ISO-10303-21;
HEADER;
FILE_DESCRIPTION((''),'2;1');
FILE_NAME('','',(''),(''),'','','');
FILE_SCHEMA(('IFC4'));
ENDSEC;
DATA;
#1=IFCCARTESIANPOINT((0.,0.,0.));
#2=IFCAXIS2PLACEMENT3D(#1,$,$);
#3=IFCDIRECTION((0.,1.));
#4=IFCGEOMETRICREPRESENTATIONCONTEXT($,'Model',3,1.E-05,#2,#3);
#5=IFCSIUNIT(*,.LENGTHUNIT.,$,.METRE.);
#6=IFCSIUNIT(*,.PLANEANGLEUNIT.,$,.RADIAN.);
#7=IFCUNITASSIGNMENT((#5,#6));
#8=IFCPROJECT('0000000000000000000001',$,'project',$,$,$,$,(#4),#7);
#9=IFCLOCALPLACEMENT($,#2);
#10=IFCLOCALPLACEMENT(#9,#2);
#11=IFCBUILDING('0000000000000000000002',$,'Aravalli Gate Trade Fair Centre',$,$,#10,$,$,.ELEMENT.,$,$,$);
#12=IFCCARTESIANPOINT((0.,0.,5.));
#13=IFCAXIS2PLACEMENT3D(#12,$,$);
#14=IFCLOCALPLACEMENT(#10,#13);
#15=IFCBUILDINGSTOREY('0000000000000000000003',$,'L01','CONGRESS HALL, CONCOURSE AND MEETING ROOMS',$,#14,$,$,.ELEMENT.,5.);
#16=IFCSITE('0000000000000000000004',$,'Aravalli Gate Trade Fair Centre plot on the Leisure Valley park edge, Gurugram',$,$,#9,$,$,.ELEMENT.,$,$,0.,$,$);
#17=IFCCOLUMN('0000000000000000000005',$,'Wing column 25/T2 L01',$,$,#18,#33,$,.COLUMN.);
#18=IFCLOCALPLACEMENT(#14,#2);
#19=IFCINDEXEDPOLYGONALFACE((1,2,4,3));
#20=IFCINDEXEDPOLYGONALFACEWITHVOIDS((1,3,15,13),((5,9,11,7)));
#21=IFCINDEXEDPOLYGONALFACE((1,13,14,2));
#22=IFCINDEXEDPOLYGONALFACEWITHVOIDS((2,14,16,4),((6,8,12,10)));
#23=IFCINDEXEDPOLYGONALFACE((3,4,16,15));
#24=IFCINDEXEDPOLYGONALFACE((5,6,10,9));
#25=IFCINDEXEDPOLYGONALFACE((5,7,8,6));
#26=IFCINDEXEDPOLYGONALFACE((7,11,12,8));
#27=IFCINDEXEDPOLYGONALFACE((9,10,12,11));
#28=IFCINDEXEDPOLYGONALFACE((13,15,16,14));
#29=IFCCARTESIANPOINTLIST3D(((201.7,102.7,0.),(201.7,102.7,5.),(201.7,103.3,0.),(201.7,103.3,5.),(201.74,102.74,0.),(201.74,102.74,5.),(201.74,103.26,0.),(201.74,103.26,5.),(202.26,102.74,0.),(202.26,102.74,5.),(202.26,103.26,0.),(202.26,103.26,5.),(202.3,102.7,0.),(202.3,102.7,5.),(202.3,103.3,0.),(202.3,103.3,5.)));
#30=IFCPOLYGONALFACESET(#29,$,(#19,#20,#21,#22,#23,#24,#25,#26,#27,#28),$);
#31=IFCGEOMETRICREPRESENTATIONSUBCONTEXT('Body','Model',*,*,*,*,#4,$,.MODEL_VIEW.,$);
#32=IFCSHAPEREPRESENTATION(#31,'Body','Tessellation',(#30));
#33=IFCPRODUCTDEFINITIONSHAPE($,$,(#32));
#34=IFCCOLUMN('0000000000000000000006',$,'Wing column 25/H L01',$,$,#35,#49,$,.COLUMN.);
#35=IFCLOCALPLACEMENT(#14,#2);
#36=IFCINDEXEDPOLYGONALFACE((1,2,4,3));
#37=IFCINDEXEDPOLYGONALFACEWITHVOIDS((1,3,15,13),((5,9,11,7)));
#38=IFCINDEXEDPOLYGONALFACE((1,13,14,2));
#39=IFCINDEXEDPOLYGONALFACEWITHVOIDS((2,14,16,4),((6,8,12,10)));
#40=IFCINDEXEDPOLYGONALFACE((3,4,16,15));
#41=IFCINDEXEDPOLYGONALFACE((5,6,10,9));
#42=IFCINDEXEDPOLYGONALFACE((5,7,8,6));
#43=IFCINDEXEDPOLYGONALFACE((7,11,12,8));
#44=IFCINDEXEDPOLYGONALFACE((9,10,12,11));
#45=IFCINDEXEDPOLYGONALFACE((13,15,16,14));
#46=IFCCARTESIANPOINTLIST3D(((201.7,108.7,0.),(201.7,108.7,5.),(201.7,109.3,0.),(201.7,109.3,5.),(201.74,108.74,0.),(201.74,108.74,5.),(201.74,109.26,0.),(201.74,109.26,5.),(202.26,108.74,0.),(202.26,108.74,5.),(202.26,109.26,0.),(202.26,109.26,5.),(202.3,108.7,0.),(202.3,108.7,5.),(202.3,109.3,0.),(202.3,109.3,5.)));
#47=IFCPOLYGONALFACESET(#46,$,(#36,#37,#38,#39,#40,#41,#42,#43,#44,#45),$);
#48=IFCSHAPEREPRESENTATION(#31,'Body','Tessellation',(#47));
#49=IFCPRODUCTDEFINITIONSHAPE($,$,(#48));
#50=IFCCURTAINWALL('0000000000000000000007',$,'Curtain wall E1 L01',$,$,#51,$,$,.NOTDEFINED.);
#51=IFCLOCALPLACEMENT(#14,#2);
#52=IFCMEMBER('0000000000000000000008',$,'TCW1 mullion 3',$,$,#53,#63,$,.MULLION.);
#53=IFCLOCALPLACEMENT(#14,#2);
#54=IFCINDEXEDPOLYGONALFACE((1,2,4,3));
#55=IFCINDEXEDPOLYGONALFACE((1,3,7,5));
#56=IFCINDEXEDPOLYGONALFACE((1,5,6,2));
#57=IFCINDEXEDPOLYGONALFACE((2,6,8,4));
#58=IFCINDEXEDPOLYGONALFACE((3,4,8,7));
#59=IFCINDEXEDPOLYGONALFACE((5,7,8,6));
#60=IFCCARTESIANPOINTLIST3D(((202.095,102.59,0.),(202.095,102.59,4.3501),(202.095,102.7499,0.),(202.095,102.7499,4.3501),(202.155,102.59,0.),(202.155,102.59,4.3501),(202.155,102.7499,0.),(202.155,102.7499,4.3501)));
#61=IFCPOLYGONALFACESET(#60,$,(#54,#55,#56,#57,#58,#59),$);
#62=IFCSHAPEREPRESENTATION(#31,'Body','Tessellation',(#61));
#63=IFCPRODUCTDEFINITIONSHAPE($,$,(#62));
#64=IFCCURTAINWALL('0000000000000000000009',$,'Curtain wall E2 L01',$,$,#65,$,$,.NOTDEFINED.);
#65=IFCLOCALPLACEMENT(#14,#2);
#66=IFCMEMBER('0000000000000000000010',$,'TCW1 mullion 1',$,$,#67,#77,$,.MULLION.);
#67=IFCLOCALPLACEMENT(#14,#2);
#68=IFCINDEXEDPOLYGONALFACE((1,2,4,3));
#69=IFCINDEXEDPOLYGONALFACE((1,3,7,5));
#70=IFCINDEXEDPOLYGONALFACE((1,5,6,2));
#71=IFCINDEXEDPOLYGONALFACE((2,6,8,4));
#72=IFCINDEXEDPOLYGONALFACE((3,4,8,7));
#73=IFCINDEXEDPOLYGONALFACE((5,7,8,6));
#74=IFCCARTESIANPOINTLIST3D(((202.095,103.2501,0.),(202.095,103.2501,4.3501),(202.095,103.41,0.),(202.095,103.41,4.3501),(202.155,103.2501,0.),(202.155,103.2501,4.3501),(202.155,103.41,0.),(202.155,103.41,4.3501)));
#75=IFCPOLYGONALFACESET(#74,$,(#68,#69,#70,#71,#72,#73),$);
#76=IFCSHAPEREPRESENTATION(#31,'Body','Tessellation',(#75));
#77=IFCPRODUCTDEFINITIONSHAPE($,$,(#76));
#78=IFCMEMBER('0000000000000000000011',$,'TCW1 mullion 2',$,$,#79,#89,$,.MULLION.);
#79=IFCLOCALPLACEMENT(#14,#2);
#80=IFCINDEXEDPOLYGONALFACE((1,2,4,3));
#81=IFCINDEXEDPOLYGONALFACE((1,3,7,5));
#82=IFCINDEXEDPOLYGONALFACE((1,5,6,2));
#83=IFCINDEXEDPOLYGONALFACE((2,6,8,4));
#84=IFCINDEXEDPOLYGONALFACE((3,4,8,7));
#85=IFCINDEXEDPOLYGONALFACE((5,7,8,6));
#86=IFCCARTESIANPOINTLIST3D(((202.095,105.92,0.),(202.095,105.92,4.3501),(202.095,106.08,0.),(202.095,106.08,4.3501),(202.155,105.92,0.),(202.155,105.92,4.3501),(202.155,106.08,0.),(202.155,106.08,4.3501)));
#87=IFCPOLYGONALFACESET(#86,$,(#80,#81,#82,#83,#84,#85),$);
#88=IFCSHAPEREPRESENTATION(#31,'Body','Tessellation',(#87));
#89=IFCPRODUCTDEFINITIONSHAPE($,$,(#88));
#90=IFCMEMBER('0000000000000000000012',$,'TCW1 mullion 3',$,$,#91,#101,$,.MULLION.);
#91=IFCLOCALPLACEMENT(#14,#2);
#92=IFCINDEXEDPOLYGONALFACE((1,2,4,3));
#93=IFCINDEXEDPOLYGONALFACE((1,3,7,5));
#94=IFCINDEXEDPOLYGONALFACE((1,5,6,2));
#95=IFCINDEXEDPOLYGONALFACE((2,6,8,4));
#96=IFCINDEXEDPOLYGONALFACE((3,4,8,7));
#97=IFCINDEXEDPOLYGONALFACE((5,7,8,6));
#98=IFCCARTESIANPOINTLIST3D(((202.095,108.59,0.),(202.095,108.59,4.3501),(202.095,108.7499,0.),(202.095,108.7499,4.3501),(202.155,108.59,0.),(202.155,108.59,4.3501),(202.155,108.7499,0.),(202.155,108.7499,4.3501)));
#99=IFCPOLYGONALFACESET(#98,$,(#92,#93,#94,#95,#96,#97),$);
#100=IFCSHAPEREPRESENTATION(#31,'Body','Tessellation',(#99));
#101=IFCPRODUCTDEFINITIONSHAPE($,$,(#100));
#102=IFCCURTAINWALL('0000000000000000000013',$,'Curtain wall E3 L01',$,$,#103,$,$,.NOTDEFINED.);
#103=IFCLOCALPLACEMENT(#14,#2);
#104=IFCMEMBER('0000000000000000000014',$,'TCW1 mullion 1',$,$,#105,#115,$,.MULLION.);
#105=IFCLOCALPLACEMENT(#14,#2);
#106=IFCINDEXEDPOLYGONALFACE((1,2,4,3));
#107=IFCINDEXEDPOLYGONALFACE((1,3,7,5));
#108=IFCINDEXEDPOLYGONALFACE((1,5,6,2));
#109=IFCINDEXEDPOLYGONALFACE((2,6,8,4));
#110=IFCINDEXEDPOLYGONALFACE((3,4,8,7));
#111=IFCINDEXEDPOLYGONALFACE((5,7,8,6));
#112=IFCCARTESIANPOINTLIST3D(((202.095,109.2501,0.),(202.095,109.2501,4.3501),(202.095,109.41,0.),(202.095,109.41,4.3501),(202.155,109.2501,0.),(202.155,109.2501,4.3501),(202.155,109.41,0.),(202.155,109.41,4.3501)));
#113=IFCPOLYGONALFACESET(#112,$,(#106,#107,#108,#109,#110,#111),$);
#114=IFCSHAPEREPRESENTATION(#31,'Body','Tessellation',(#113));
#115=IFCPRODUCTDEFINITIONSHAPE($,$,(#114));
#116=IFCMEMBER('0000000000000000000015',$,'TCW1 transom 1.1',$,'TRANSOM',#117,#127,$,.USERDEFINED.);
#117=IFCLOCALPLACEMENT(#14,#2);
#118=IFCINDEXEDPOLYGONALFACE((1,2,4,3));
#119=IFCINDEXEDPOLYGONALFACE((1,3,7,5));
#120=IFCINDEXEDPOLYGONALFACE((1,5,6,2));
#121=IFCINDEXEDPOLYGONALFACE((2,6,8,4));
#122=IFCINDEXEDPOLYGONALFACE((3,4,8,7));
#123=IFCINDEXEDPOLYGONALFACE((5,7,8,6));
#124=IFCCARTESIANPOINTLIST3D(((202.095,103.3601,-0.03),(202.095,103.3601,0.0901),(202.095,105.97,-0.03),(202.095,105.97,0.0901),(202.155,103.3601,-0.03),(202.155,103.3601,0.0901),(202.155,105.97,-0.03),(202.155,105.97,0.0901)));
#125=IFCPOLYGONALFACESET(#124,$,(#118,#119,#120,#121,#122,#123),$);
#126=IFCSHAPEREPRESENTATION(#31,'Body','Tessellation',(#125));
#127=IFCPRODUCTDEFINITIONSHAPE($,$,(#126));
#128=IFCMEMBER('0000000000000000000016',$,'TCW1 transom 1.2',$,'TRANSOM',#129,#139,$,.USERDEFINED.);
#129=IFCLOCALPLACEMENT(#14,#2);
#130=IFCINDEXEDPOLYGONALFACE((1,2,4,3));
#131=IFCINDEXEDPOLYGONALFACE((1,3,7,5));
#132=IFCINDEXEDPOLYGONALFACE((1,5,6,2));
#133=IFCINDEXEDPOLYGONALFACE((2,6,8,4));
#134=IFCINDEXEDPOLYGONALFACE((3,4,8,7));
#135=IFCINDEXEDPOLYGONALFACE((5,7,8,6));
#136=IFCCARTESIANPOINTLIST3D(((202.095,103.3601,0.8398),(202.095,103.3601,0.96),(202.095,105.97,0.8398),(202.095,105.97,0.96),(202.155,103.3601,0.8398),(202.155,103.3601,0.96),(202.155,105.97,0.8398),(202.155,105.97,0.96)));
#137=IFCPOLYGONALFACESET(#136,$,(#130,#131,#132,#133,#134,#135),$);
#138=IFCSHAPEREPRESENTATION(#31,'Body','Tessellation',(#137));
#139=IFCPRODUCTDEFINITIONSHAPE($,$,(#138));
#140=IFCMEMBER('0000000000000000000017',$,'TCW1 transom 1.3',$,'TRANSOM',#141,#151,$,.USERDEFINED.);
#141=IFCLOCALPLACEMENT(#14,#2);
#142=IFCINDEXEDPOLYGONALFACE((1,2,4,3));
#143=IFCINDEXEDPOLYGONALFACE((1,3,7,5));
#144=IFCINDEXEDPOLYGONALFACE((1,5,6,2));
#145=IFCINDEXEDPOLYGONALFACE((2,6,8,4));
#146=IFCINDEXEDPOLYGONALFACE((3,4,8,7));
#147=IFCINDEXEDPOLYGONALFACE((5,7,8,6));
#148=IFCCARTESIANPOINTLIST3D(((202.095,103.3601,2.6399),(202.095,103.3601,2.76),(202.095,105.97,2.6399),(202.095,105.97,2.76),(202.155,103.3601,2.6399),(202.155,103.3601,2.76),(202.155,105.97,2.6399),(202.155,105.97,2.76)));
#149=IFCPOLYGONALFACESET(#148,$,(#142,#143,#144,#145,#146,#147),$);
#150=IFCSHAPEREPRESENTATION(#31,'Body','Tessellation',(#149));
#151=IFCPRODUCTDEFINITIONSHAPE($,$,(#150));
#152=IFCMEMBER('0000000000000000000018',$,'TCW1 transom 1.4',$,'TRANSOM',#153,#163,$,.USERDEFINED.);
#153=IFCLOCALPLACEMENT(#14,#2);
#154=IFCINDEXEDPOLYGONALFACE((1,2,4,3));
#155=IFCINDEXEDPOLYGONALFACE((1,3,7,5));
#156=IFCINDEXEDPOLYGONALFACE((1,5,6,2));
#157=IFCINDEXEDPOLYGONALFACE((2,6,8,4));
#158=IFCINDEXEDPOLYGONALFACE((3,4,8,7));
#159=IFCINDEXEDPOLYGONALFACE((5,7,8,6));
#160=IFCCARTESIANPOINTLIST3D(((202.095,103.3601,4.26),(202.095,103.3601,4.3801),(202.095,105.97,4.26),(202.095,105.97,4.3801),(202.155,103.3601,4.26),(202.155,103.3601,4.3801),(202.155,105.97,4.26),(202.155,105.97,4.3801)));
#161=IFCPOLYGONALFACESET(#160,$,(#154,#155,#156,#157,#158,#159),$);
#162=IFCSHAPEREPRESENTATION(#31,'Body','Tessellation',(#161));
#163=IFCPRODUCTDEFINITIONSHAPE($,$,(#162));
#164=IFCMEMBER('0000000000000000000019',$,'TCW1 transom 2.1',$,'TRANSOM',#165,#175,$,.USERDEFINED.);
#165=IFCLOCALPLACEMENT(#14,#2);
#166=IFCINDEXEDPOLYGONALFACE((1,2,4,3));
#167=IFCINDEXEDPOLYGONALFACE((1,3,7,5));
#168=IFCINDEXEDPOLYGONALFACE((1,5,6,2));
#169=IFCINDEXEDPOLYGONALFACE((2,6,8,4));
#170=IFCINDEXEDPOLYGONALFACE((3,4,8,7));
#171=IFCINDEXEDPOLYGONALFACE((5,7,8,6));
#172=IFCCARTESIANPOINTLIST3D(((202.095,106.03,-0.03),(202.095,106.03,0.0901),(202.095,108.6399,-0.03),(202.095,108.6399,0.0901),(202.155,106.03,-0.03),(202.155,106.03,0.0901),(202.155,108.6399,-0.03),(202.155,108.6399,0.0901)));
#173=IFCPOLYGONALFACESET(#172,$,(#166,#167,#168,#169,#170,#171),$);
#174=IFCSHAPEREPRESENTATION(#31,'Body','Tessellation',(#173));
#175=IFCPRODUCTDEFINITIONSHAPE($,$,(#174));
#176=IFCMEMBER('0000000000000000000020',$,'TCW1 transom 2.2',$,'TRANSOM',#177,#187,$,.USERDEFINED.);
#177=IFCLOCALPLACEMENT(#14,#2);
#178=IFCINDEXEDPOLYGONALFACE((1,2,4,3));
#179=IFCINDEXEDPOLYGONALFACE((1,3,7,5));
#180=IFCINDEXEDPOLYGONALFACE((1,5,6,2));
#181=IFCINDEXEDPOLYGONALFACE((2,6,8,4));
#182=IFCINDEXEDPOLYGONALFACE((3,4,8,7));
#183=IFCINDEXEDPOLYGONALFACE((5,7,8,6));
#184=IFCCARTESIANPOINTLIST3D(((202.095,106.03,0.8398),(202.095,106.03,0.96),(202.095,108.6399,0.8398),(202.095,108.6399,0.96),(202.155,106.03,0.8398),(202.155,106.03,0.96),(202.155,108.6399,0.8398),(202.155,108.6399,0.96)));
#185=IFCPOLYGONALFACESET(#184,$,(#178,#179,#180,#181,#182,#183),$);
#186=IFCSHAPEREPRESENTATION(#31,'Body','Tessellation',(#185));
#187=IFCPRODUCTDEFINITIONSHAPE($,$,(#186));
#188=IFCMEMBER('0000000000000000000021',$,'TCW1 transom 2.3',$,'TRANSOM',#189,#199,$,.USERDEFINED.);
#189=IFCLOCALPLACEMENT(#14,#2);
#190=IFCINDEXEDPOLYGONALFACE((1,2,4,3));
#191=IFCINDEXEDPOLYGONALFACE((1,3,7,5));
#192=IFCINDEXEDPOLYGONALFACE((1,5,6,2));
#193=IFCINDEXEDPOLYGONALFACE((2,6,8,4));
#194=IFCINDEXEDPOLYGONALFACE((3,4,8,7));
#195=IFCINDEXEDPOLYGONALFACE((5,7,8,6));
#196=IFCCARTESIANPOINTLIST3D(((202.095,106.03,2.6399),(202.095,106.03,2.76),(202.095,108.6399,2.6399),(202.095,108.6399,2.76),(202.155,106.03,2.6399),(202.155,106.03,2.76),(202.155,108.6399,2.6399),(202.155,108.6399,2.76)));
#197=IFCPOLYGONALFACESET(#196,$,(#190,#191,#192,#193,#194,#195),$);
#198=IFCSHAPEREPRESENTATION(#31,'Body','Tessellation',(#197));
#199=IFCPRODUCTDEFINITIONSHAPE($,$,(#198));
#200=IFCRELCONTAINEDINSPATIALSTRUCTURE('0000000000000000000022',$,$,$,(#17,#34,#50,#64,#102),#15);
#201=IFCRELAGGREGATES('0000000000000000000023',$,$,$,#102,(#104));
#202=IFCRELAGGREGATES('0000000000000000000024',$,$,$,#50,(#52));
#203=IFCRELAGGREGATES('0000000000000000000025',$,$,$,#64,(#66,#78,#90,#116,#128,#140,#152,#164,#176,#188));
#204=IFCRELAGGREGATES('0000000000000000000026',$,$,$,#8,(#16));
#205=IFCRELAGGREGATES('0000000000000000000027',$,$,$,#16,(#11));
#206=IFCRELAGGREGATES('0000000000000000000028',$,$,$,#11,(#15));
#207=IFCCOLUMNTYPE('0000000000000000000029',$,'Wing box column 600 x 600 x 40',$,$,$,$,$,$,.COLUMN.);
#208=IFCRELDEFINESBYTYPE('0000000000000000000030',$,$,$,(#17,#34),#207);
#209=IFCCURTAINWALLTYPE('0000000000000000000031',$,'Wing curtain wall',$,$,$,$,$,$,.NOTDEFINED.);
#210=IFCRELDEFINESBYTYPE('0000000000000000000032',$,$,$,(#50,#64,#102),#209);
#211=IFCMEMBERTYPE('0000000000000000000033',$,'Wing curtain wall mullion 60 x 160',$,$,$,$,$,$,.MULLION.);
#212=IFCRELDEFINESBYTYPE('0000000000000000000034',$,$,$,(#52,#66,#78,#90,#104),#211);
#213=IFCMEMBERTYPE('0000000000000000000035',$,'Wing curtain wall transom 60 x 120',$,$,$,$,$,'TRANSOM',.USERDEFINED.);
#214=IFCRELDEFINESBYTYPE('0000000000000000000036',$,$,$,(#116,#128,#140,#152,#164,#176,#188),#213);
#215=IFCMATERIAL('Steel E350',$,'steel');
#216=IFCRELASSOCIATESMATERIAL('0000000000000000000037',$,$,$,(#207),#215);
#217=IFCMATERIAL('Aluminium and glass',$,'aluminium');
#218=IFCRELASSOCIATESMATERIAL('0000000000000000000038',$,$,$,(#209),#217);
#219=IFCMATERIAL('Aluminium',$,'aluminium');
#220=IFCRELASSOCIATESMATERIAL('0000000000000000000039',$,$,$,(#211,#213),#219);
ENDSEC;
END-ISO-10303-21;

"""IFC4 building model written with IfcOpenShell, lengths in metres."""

from ifc_helpers import new_model, si_unit, direction, frame, origin, origin_2d, place, context, subcontext, project, spatial, rectangle, hollow_rectangle, extrude, material, material_profile, profile_set, type_object, element, aggregate, save


model = new_model("IFC4")

# Units and contexts
model_context = context("Model", 3, precision=1e-05, world=origin(), true_north=direction((0.0, 1.0)))
body_context = subcontext(model_context, "Body", "Model", "MODEL_VIEW")
ifc_project = project(units=[si_unit("LENGTHUNIT", "METRE"), si_unit("PLANEANGLEUNIT", "RADIAN")], contexts=[model_context])

# Site, building, storey
site_placement = place(None, origin())
site = spatial("IfcSite", under=ifc_project, at=site_placement, Name="Aravalli Gate Trade Fair Centre plot on the Leisure Valley park edge, Gurugram", CompositionType="ELEMENT", RefElevation=0.0)
building_placement = place(site_placement, origin())
building = spatial("IfcBuilding", under=site, at=building_placement, Name="Aravalli Gate Trade Fair Centre", CompositionType="ELEMENT")
storey_placement = place(building_placement, frame((0.0, 0.0, 5.0)))
storey = spatial("IfcBuildingStorey", under=building, at=storey_placement, Name="L01", Description="CONGRESS HALL, CONCOURSE AND MEETING ROOMS", CompositionType="ELEMENT", Elevation=5.0)

# Columns
ifc_material_1 = material(Name="Steel E350", Category="steel")
ifc_material_profile_1 = material_profile(ifc_material_1, hollow_rectangle(XDim=0.6001, YDim=0.6001, WallThickness=0.04, at=origin_2d()), Name="BOX 600x600x40")
ifc_profile_set_1 = profile_set([ifc_material_profile_1], Name="Steel E350")
column_type = type_object("IfcColumnType", Name="Wing box column 600 x 600 x 40", PredefinedType="COLUMN", material=ifc_profile_set_1)
for number, where, z_axis, x_axis, name in (
    (1, (202.0, 103.0, 0.0), (0.0, 0.0, 1.0), (1.0, 0.0, 0.0), "Wing column 25/T2 L01"),
    (2, (202.0, 109.0, 0.0), (0.0, 0.0, 1.0), (1.0, 0.0, 0.0), "Wing column 25/H L01"),
):
    element("IfcColumn", number, at=place(storey_placement, frame(where, z_axis=z_axis, x_axis=x_axis)), inside=storey, type_object=column_type, Name=name, PredefinedType="COLUMN", context=body_context, shape_type="SweptSolid", body=[
        extrude(hollow_rectangle(XDim=0.6001, YDim=0.6001, WallThickness=0.04, at=origin_2d()), origin(), (0.0, 0.0, 1.0), 5.0),
    ])

# Curtain wall, member
ifc_material_2 = material(Name="Aluminium and glass", Category="aluminium")
curtain_wall_type = type_object("IfcCurtainWallType", Name="Wing curtain wall", PredefinedType="NOTDEFINED", material=ifc_material_2)
curtain_wall_1_placement = place(storey_placement, origin())
curtain_wall_1 = element("IfcCurtainWall", 3, at=curtain_wall_1_placement, inside=storey, type_object=curtain_wall_type, Name="Curtain wall E1 L01", PredefinedType="NOTDEFINED")
ifc_material_3 = material(Name="Aluminium", Category="aluminium")
ifc_material_profile_2 = material_profile(ifc_material_3, rectangle(XDim=0.0601, YDim=0.1599, at=origin_2d()), Name="Wing curtain wall mullion 60 x 160")
ifc_profile_set_2 = profile_set([ifc_material_profile_2], Name="Aluminium")
member_type_1 = type_object("IfcMemberType", Name="Wing curtain wall mullion 60 x 160", PredefinedType="MULLION", material=ifc_profile_set_2)
member_1_placement = place(storey_placement, frame((202.125, 102.6699, 0.0), z_axis=(0.0, 0.0, 1.0), x_axis=(-1.0, 0.0, 0.0)))
member_1 = element("IfcMember", 4, at=member_1_placement, type_object=member_type_1, Name="TCW1 mullion 3", PredefinedType="MULLION", context=body_context, shape_type="SweptSolid", body=[
    extrude(rectangle(XDim=0.0601, YDim=0.1599, at=origin_2d()), origin(), (0.0, 0.0, 1.0), 4.3501),
])

# Curtain wall, members
curtain_wall_2_placement = place(storey_placement, origin())
curtain_wall_2 = element("IfcCurtainWall", 5, at=curtain_wall_2_placement, inside=storey, type_object=curtain_wall_type, Name="Curtain wall E2 L01", PredefinedType="NOTDEFINED")
member_2_placement = place(storey_placement, frame((202.125, 103.3301, 0.0), z_axis=(0.0, 0.0, 1.0), x_axis=(-1.0, 0.0, 0.0)))
member_2 = element("IfcMember", 6, at=member_2_placement, type_object=member_type_1, Name="TCW1 mullion 1", PredefinedType="MULLION", context=body_context, shape_type="SweptSolid", body=[
    extrude(rectangle(XDim=0.0601, YDim=0.1599, at=origin_2d()), origin(), (0.0, 0.0, 1.0), 4.3501),
])
member_3_placement = place(storey_placement, frame((202.125, 106.0, 0.0), z_axis=(0.0, 0.0, 1.0), x_axis=(-1.0, 0.0, 0.0)))
member_3 = element("IfcMember", 7, at=member_3_placement, type_object=member_type_1, Name="TCW1 mullion 2", PredefinedType="MULLION", context=body_context, shape_type="SweptSolid", body=[
    extrude(rectangle(XDim=0.0601, YDim=0.1599, at=origin_2d()), origin(), (0.0, 0.0, 1.0), 4.3501),
])
member_4_placement = place(storey_placement, frame((202.125, 108.6699, 0.0), z_axis=(0.0, 0.0, 1.0), x_axis=(-1.0, 0.0, 0.0)))
member_4 = element("IfcMember", 8, at=member_4_placement, type_object=member_type_1, Name="TCW1 mullion 3", PredefinedType="MULLION", context=body_context, shape_type="SweptSolid", body=[
    extrude(rectangle(XDim=0.0601, YDim=0.1599, at=origin_2d()), origin(), (0.0, 0.0, 1.0), 4.3501),
])

# Curtain wall, member
curtain_wall_3_placement = place(storey_placement, origin())
curtain_wall_3 = element("IfcCurtainWall", 9, at=curtain_wall_3_placement, inside=storey, type_object=curtain_wall_type, Name="Curtain wall E3 L01", PredefinedType="NOTDEFINED")
member_5_placement = place(storey_placement, frame((202.125, 109.3301, 0.0), z_axis=(0.0, 0.0, 1.0), x_axis=(-1.0, 0.0, 0.0)))
member_5 = element("IfcMember", 10, at=member_5_placement, type_object=member_type_1, Name="TCW1 mullion 1", PredefinedType="MULLION", context=body_context, shape_type="SweptSolid", body=[
    extrude(rectangle(XDim=0.0601, YDim=0.1599, at=origin_2d()), origin(), (0.0, 0.0, 1.0), 4.3501),
])

# Members
ifc_material_profile_3 = material_profile(ifc_material_3, rectangle(XDim=0.0601, YDim=0.1201, at=origin_2d()), Name="Wing curtain wall transom 60 x 120")
ifc_profile_set_3 = profile_set([ifc_material_profile_3], Name="Aluminium")
member_type_2 = type_object("IfcMemberType", Name="Wing curtain wall transom 60 x 120", ElementType="TRANSOM", PredefinedType="USERDEFINED", material=ifc_profile_set_3)
member_6_placement = place(storey_placement, frame((202.125, 103.3601, 0.03), z_axis=(0.0, 1.0, 0.0), x_axis=(-1.0, 0.0, 0.0)))
member_6 = element("IfcMember", 11, at=member_6_placement, type_object=member_type_2, Name="TCW1 transom 1.1", ObjectType="TRANSOM", PredefinedType="USERDEFINED", context=body_context, shape_type="SweptSolid", body=[
    extrude(rectangle(XDim=0.0601, YDim=0.1201, at=origin_2d()), origin(), (0.0, 0.0, 1.0), 2.6099),
])
member_7_placement = place(storey_placement, frame((202.125, 103.3601, 0.8999), z_axis=(0.0, 1.0, 0.0), x_axis=(-1.0, 0.0, 0.0)))
member_7 = element("IfcMember", 12, at=member_7_placement, type_object=member_type_2, Name="TCW1 transom 1.2", ObjectType="TRANSOM", PredefinedType="USERDEFINED", context=body_context, shape_type="SweptSolid", body=[
    extrude(rectangle(XDim=0.0601, YDim=0.1201, at=origin_2d()), origin(), (0.0, 0.0, 1.0), 2.6099),
])
member_8_placement = place(storey_placement, frame((202.125, 103.3601, 2.7), z_axis=(0.0, 1.0, 0.0), x_axis=(-1.0, 0.0, 0.0)))
member_8 = element("IfcMember", 13, at=member_8_placement, type_object=member_type_2, Name="TCW1 transom 1.3", ObjectType="TRANSOM", PredefinedType="USERDEFINED", context=body_context, shape_type="SweptSolid", body=[
    extrude(rectangle(XDim=0.0601, YDim=0.1201, at=origin_2d()), origin(), (0.0, 0.0, 1.0), 2.6099),
])
member_9_placement = place(storey_placement, frame((202.125, 103.3601, 4.3201), z_axis=(0.0, 1.0, 0.0), x_axis=(-1.0, 0.0, 0.0)))
member_9 = element("IfcMember", 14, at=member_9_placement, type_object=member_type_2, Name="TCW1 transom 1.4", ObjectType="TRANSOM", PredefinedType="USERDEFINED", context=body_context, shape_type="SweptSolid", body=[
    extrude(rectangle(XDim=0.0601, YDim=0.1201, at=origin_2d()), origin(), (0.0, 0.0, 1.0), 2.6099),
])
member_10_placement = place(storey_placement, frame((202.125, 106.03, 0.03), z_axis=(0.0, 1.0, 0.0), x_axis=(-1.0, 0.0, 0.0)))
member_10 = element("IfcMember", 15, at=member_10_placement, type_object=member_type_2, Name="TCW1 transom 2.1", ObjectType="TRANSOM", PredefinedType="USERDEFINED", context=body_context, shape_type="SweptSolid", body=[
    extrude(rectangle(XDim=0.0601, YDim=0.1201, at=origin_2d()), origin(), (0.0, 0.0, 1.0), 2.6099),
])
member_11_placement = place(storey_placement, frame((202.125, 106.03, 0.8999), z_axis=(0.0, 1.0, 0.0), x_axis=(-1.0, 0.0, 0.0)))
member_11 = element("IfcMember", 16, at=member_11_placement, type_object=member_type_2, Name="TCW1 transom 2.2", ObjectType="TRANSOM", PredefinedType="USERDEFINED", context=body_context, shape_type="SweptSolid", body=[
    extrude(rectangle(XDim=0.0601, YDim=0.1201, at=origin_2d()), origin(), (0.0, 0.0, 1.0), 2.6099),
])
member_12_placement = place(storey_placement, frame((202.125, 106.03, 2.7), z_axis=(0.0, 1.0, 0.0), x_axis=(-1.0, 0.0, 0.0)))
member_12 = element("IfcMember", 17, at=member_12_placement, type_object=member_type_2, Name="TCW1 transom 2.3", ObjectType="TRANSOM", PredefinedType="USERDEFINED", context=body_context, shape_type="SweptSolid", body=[
    extrude(rectangle(XDim=0.0601, YDim=0.1201, at=origin_2d()), origin(), (0.0, 0.0, 1.0), 2.6099),
])
aggregate(curtain_wall_3, [member_5])

aggregate(curtain_wall_1, [member_1])
aggregate(curtain_wall_2, [member_2, member_3, member_4, member_6, member_7, member_8, member_9, member_10, member_11, member_12])

save(model, "model.ifc")
